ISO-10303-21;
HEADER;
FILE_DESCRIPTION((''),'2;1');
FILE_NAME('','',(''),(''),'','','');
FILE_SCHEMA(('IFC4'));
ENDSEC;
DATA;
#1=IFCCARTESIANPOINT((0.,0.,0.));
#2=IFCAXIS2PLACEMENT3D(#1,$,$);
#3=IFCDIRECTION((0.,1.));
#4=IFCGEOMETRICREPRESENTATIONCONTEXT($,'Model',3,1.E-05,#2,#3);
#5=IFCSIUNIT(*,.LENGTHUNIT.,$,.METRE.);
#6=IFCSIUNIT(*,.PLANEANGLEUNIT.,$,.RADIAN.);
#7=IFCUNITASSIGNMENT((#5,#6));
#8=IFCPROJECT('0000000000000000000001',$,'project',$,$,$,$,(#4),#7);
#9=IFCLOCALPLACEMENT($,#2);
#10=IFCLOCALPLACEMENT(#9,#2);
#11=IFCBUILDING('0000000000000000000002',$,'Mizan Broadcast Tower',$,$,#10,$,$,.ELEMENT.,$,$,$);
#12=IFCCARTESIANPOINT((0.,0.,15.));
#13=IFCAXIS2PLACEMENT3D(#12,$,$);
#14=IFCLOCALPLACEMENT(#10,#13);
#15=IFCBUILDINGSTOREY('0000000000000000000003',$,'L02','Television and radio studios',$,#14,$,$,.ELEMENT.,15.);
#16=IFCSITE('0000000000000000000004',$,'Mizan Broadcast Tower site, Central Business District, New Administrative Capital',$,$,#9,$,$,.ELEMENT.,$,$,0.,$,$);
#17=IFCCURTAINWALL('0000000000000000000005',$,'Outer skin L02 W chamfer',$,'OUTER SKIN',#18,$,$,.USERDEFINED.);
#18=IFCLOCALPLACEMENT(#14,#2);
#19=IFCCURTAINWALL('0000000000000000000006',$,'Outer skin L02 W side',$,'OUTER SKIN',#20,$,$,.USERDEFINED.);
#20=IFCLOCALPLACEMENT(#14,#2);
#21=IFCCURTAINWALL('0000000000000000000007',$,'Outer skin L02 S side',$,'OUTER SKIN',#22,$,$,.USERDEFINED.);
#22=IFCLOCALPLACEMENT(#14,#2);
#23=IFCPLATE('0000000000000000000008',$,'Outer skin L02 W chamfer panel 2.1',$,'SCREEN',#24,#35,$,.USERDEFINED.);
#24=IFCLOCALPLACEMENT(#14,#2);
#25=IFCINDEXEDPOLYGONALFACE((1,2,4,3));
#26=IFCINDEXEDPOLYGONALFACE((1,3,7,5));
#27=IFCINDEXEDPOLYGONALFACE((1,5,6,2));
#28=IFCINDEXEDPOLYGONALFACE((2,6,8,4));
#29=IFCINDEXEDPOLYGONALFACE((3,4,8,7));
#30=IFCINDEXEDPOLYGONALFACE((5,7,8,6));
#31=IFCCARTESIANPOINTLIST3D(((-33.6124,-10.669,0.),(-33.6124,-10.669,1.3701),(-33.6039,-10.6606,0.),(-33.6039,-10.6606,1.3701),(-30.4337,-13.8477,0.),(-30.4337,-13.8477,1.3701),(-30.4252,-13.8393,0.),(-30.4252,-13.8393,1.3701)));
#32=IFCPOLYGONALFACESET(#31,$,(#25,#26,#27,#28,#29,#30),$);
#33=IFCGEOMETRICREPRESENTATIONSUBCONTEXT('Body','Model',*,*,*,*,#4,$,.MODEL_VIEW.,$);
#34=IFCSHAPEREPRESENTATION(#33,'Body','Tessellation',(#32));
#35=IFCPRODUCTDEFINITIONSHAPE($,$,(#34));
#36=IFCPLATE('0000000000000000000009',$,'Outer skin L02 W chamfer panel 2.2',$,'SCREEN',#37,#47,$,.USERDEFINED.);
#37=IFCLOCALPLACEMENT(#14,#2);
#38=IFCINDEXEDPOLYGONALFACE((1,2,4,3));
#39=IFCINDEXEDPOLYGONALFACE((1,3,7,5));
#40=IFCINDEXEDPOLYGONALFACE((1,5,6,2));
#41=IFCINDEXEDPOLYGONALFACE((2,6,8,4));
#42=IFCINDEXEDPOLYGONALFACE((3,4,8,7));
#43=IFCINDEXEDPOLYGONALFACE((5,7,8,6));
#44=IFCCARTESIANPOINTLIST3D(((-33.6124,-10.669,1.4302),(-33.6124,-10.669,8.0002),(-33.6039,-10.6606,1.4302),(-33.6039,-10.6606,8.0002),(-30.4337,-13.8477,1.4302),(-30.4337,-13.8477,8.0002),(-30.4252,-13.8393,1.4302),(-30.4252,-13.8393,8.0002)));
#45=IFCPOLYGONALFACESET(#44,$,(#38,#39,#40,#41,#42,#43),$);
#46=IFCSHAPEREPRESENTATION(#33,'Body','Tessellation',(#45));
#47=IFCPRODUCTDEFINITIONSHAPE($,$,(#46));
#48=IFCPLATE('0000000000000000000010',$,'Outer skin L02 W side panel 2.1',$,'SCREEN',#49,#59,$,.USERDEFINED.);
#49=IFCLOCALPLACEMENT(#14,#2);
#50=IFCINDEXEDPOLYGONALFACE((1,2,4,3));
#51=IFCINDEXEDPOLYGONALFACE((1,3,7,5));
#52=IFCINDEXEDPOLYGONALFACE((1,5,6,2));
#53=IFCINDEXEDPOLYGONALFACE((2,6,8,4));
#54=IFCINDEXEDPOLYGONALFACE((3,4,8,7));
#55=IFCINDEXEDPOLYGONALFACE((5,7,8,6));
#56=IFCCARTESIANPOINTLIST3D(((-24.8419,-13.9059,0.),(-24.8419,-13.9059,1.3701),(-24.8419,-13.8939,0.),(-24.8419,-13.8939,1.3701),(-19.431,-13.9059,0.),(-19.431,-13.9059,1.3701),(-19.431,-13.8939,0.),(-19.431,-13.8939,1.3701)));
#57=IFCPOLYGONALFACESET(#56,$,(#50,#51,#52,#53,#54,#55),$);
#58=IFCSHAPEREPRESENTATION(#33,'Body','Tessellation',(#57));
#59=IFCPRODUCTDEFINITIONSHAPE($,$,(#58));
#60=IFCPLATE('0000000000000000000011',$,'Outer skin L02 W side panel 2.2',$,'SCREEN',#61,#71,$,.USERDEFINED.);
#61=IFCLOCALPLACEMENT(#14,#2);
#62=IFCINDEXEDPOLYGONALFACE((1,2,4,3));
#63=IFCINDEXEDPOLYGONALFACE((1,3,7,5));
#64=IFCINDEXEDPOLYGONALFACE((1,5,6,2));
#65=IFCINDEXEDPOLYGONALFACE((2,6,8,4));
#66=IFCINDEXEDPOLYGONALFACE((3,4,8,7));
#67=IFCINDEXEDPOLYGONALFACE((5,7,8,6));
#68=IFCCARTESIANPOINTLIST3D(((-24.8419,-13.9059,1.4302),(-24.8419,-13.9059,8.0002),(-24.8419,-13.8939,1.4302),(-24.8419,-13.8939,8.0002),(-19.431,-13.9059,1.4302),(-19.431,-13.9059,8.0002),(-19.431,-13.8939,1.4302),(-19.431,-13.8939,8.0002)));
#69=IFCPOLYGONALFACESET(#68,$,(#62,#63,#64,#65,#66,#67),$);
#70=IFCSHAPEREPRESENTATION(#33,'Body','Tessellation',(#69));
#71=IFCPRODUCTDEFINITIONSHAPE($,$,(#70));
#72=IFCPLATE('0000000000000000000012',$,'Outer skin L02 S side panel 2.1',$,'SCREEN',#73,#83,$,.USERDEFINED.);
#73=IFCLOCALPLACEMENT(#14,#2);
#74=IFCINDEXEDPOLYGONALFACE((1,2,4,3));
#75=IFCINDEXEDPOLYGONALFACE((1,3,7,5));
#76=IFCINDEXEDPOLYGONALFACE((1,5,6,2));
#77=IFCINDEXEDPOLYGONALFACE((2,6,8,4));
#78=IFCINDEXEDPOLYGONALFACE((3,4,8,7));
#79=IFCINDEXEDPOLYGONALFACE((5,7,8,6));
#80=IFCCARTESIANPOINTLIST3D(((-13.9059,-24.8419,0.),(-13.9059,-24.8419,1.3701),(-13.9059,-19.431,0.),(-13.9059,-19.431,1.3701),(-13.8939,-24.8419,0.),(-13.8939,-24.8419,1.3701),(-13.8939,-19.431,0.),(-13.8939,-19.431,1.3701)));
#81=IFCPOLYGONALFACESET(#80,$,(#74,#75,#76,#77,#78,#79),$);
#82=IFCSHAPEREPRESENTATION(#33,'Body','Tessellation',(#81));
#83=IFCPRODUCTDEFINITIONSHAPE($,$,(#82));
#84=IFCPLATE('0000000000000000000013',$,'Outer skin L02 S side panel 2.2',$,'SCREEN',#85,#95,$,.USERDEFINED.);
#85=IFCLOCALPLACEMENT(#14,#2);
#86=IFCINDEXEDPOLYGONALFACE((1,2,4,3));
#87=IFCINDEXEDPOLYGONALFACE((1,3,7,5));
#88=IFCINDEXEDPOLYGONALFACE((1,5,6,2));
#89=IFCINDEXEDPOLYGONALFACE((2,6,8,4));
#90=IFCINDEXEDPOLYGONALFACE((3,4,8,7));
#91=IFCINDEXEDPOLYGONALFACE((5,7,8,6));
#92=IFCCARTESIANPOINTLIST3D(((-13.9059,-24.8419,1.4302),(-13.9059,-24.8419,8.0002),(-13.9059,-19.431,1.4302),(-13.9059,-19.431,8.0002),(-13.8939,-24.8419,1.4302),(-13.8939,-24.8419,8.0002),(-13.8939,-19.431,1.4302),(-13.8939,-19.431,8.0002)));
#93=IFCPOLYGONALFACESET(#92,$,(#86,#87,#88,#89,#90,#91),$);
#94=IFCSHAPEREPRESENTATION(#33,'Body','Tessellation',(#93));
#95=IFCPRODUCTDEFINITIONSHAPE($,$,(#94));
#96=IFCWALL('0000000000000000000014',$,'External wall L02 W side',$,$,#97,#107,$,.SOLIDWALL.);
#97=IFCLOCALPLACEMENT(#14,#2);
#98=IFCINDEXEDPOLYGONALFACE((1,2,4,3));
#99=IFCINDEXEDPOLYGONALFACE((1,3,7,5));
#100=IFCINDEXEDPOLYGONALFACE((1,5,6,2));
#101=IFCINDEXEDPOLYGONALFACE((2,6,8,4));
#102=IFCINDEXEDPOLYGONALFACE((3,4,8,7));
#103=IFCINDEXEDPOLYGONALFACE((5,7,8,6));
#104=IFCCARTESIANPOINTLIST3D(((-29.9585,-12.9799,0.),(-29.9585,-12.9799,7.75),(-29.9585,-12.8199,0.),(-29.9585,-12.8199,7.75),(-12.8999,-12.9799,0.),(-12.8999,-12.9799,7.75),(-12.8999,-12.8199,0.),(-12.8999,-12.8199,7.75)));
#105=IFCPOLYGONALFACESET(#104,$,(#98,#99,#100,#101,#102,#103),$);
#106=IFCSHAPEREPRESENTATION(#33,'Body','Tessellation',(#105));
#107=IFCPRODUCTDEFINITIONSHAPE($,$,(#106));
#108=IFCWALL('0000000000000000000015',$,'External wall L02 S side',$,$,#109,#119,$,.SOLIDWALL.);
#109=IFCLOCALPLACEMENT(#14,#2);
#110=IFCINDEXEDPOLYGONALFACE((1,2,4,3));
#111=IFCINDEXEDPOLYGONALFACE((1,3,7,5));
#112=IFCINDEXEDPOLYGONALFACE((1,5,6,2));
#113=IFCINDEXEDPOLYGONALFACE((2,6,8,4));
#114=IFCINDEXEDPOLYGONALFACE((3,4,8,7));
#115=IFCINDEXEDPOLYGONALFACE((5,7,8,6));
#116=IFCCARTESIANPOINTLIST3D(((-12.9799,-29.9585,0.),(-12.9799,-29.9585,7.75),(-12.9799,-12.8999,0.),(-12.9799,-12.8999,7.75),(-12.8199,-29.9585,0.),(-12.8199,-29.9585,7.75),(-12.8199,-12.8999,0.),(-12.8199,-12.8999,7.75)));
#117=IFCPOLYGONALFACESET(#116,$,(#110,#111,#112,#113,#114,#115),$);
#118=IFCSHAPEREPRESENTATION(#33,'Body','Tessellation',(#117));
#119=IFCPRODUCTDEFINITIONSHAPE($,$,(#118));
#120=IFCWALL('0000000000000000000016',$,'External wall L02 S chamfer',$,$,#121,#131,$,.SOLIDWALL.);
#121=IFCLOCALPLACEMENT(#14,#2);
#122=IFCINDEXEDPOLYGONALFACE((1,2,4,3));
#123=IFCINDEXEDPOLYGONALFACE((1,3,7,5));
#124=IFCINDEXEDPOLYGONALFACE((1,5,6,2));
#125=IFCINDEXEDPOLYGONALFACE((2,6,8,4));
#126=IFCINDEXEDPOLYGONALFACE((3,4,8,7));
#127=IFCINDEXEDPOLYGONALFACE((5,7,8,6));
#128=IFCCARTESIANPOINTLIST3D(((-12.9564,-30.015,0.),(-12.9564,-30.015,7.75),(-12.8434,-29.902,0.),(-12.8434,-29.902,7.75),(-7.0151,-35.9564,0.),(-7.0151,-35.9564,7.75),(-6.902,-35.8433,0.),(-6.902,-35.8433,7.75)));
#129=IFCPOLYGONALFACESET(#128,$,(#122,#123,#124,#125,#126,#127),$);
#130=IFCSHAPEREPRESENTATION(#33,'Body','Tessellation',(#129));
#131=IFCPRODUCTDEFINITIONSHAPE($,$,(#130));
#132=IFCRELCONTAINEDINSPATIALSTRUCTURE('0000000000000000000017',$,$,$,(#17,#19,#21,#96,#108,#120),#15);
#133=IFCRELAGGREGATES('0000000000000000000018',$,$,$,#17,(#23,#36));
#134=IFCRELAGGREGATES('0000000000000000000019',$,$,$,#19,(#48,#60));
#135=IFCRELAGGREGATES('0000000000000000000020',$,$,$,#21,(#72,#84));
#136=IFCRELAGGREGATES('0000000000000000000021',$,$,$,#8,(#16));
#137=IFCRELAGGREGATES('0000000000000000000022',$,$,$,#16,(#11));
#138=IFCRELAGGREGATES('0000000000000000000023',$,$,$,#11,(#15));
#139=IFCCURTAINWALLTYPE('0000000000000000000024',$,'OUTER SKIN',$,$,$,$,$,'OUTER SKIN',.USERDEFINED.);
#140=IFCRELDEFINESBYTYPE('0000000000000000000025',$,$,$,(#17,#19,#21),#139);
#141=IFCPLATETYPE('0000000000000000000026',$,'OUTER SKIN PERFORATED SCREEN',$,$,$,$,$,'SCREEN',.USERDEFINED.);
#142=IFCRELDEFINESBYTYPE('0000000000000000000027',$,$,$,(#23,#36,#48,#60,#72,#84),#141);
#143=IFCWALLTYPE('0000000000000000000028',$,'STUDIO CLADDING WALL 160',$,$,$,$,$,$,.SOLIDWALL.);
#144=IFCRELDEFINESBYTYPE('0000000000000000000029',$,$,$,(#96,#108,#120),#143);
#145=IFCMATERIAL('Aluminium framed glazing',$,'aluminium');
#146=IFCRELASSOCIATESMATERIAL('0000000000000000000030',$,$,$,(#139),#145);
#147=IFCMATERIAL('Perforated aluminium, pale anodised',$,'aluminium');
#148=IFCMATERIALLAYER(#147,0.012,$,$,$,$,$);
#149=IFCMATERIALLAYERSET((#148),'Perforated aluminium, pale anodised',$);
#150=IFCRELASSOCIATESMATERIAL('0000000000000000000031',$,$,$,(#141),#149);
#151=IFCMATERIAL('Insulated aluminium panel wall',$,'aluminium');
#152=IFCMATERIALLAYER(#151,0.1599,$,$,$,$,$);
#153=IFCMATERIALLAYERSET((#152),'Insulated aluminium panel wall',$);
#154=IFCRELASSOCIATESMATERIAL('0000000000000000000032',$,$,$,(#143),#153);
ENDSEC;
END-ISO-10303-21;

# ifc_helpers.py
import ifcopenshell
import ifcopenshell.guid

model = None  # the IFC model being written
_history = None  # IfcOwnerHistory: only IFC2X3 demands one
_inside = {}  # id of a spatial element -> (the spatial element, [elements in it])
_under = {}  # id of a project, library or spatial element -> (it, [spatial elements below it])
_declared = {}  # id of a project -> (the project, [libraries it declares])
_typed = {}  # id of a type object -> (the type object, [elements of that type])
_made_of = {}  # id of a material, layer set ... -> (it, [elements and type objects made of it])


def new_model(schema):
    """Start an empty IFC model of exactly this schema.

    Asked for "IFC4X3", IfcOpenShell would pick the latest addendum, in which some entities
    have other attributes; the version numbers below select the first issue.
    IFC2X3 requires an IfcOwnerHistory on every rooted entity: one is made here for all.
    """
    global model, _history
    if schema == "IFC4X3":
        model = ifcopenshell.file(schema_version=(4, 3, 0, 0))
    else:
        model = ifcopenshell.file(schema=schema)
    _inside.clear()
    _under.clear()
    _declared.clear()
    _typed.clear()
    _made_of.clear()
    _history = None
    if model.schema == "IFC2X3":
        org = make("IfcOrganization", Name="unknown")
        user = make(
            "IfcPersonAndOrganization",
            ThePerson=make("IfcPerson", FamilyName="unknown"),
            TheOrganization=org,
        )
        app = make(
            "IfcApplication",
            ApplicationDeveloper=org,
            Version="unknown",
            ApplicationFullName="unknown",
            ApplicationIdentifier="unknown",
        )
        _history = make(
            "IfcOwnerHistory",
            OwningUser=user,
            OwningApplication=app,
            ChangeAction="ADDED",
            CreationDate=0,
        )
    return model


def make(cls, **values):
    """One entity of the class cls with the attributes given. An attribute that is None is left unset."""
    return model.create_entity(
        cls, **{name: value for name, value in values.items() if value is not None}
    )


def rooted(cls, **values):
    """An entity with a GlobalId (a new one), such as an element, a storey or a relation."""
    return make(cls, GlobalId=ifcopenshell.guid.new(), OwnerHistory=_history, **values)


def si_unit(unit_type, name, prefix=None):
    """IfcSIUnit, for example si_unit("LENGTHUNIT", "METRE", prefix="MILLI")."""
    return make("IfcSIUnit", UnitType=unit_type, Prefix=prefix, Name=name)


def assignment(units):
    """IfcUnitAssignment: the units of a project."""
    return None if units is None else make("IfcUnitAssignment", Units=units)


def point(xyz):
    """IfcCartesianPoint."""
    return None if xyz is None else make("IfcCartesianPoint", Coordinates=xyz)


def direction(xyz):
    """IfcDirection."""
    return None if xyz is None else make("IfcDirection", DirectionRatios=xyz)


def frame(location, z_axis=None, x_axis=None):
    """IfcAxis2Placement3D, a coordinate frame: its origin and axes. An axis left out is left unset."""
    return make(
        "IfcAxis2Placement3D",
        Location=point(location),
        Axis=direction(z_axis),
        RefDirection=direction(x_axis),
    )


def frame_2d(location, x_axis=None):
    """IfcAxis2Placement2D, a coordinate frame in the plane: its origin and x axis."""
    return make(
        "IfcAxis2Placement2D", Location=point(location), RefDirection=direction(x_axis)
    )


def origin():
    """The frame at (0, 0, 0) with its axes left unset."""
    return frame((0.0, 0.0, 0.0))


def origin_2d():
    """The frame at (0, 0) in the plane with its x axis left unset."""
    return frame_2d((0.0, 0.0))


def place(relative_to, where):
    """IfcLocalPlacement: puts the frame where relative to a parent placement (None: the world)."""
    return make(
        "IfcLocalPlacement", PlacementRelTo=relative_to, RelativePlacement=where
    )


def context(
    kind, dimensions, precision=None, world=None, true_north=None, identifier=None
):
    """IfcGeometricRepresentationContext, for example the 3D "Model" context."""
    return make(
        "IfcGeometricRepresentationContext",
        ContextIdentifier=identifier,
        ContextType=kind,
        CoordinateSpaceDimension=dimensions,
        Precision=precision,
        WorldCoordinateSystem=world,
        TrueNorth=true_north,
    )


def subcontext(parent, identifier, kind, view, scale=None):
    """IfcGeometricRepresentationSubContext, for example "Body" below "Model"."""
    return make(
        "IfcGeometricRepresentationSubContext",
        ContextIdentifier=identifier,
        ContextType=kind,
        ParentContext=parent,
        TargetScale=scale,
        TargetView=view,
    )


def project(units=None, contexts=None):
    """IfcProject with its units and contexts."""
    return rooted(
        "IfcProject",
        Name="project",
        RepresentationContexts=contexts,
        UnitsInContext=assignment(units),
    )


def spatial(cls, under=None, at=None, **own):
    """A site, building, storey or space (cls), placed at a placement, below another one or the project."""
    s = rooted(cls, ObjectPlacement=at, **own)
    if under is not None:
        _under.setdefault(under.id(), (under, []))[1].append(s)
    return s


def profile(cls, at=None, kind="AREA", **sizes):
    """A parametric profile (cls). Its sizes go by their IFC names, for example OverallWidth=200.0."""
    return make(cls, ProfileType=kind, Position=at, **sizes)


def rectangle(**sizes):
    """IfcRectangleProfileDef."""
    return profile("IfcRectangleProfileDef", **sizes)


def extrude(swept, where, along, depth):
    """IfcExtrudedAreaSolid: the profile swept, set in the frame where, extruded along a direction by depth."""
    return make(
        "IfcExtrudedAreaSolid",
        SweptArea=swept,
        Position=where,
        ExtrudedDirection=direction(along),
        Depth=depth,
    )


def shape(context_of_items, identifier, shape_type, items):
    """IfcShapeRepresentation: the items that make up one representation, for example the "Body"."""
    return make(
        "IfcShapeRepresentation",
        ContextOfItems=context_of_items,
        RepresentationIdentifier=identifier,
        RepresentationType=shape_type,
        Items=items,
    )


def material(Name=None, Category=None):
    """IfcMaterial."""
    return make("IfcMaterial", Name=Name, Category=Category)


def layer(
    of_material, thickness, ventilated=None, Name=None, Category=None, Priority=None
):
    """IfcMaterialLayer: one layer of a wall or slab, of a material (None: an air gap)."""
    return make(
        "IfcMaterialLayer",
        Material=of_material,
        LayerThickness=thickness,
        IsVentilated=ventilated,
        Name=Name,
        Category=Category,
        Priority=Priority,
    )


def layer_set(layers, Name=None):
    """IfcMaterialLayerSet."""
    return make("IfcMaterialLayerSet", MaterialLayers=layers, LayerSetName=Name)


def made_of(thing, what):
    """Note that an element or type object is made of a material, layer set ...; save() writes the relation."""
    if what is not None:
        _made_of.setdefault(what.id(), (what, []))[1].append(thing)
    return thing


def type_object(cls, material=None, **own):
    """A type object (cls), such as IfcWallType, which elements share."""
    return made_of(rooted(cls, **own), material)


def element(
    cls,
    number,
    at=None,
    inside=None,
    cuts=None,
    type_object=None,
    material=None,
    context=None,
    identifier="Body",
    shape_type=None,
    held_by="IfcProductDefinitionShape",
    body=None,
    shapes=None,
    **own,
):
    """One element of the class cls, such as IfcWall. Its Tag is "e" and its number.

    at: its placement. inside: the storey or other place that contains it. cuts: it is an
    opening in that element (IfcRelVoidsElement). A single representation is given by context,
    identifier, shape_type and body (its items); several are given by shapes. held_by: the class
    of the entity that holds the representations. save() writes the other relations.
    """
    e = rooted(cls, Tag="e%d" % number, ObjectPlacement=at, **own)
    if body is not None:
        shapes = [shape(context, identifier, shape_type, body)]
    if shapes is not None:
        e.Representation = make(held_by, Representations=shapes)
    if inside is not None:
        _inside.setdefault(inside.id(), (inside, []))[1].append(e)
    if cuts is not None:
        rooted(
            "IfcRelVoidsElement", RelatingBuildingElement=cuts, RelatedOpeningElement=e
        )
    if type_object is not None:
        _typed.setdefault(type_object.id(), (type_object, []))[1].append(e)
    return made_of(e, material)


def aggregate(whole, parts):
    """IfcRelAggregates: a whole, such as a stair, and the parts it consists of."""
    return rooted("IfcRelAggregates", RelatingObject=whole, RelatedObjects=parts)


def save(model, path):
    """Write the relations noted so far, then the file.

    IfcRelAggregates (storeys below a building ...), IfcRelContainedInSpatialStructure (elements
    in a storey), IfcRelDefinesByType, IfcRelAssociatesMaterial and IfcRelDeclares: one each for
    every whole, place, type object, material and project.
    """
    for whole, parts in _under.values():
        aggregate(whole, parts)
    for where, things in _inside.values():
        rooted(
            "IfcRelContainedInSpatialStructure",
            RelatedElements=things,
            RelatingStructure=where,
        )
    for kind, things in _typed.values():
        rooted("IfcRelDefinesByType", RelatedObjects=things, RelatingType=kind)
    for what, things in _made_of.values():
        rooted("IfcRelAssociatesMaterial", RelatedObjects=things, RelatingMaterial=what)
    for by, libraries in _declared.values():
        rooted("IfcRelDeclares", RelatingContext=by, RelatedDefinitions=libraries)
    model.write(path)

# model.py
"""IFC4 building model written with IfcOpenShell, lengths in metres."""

from ifc_helpers import new_model, si_unit, direction, frame, frame_2d, origin, origin_2d, place, context, subcontext, project, spatial, rectangle, extrude, material, layer, layer_set, type_object, element, aggregate, save


model = new_model("IFC4")

# Units and contexts
model_context = context("Model", 3, precision=1e-05, world=origin(), true_north=direction((0.0, 1.0)))
body_context = subcontext(model_context, "Body", "Model", "MODEL_VIEW")
ifc_project = project(units=[si_unit("LENGTHUNIT", "METRE"), si_unit("PLANEANGLEUNIT", "RADIAN")], contexts=[model_context])

# Site, building, storey
site_placement = place(None, origin())
site = spatial("IfcSite", under=ifc_project, at=site_placement, Name="Mizan Broadcast Tower site, Central Business District, New Administrative Capital", CompositionType="ELEMENT", RefElevation=0.0)
building_placement = place(site_placement, origin())
building = spatial("IfcBuilding", under=site, at=building_placement, Name="Mizan Broadcast Tower", CompositionType="ELEMENT")
storey_placement = place(building_placement, frame((0.0, 0.0, 15.0)))
storey = spatial("IfcBuildingStorey", under=building, at=storey_placement, Name="L02", Description="Television and radio studios", CompositionType="ELEMENT", Elevation=15.0)

# Curtain walls
ifc_material_1 = material(Name="Aluminium framed glazing", Category="aluminium")
curtain_wall_type = type_object("IfcCurtainWallType", Name="OUTER SKIN", ElementType="OUTER SKIN", PredefinedType="USERDEFINED", material=ifc_material_1)
curtain_wall_1_placement = place(storey_placement, origin())
curtain_wall_1 = element("IfcCurtainWall", 1, at=curtain_wall_1_placement, inside=storey, type_object=curtain_wall_type, Name="Outer skin L02 W chamfer", ObjectType="OUTER SKIN", PredefinedType="USERDEFINED")
curtain_wall_2_placement = place(storey_placement, origin())
curtain_wall_2 = element("IfcCurtainWall", 2, at=curtain_wall_2_placement, inside=storey, type_object=curtain_wall_type, Name="Outer skin L02 W side", ObjectType="OUTER SKIN", PredefinedType="USERDEFINED")
curtain_wall_3_placement = place(storey_placement, origin())
curtain_wall_3 = element("IfcCurtainWall", 3, at=curtain_wall_3_placement, inside=storey, type_object=curtain_wall_type, Name="Outer skin L02 S side", ObjectType="OUTER SKIN", PredefinedType="USERDEFINED")

# Plates
ifc_material_2 = material(Name="Perforated aluminium, pale anodised", Category="aluminium")
ifc_layer_1 = layer(ifc_material_2, 0.012)
ifc_layer_set_1 = layer_set([ifc_layer_1], Name="Perforated aluminium, pale anodised")
plate_type_1 = type_object("IfcPlateType", Name="OUTER SKIN PERFORATED SCREEN", ElementType="SCREEN", PredefinedType="USERDEFINED", material=ifc_layer_set_1)
plate_1_placement = place(storey_placement, frame((-32.0188, -12.2542, 0.0), z_axis=(0.0, 0.0, 1.0), x_axis=(0.707107, -0.707107, 0.0)))
plate_1 = element("IfcPlate", 4, at=plate_1_placement, type_object=plate_type_1, Name="Outer skin L02 W chamfer panel 2.1", ObjectType="SCREEN", PredefinedType="USERDEFINED", context=body_context, shape_type="SweptSolid", body=[
    extrude(rectangle(XDim=4.4954, YDim=0.012, at=origin_2d()), origin(), (0.0, 0.0, 1.0), 1.3701),
])
plate_2_placement = place(storey_placement, frame((-32.0188, -12.2542, 1.4302), z_axis=(0.0, 0.0, 1.0), x_axis=(0.707107, -0.707107, 0.0)))
plate_2 = element("IfcPlate", 5, at=plate_2_placement, type_object=plate_type_1, Name="Outer skin L02 W chamfer panel 2.2", ObjectType="SCREEN", PredefinedType="USERDEFINED", context=body_context, shape_type="SweptSolid", body=[
    extrude(rectangle(XDim=4.4954, YDim=0.012, at=origin_2d()), origin(), (0.0, 0.0, 1.0), 6.5701),
])
aggregate(curtain_wall_1, [plate_1, plate_2])
plate_3_placement = place(storey_placement, frame((-22.1365, -13.8999, 0.0), z_axis=(0.0, 0.0, 1.0), x_axis=(1.0, 0.0, 0.0)))
plate_3 = element("IfcPlate", 6, at=plate_3_placement, type_object=plate_type_1, Name="Outer skin L02 W side panel 2.1", ObjectType="SCREEN", PredefinedType="USERDEFINED", context=body_context, shape_type="SweptSolid", body=[
    extrude(rectangle(XDim=5.4109, YDim=0.012, at=origin_2d()), origin(), (0.0, 0.0, 1.0), 1.3701),
])
plate_4_placement = place(storey_placement, frame((-22.1365, -13.8999, 1.4302), z_axis=(0.0, 0.0, 1.0), x_axis=(1.0, 0.0, 0.0)))
plate_4 = element("IfcPlate", 7, at=plate_4_placement, type_object=plate_type_1, Name="Outer skin L02 W side panel 2.2", ObjectType="SCREEN", PredefinedType="USERDEFINED", context=body_context, shape_type="SweptSolid", body=[
    extrude(rectangle(XDim=5.4109, YDim=0.012, at=origin_2d()), origin(), (0.0, 0.0, 1.0), 6.5701),
])
aggregate(curtain_wall_2, [plate_3, plate_4])
plate_5_placement = place(storey_placement, frame((-13.8999, -22.1365, 0.0), z_axis=(0.0, 0.0, 1.0), x_axis=(0.0, -1.0, 0.0)))
plate_5 = element("IfcPlate", 8, at=plate_5_placement, type_object=plate_type_1, Name="Outer skin L02 S side panel 2.1", ObjectType="SCREEN", PredefinedType="USERDEFINED", context=body_context, shape_type="SweptSolid", body=[
    extrude(rectangle(XDim=5.4109, YDim=0.012, at=origin_2d()), origin(), (0.0, 0.0, 1.0), 1.3701),
])
plate_6_placement = place(storey_placement, frame((-13.8999, -22.1365, 1.4302), z_axis=(0.0, 0.0, 1.0), x_axis=(0.0, -1.0, 0.0)))
plate_6 = element("IfcPlate", 9, at=plate_6_placement, type_object=plate_type_1, Name="Outer skin L02 S side panel 2.2", ObjectType="SCREEN", PredefinedType="USERDEFINED", context=body_context, shape_type="SweptSolid", body=[
    extrude(rectangle(XDim=5.4109, YDim=0.012, at=origin_2d()), origin(), (0.0, 0.0, 1.0), 6.5701),
])
aggregate(curtain_wall_3, [plate_5, plate_6])

# Walls
ifc_material_3 = material(Name="Insulated aluminium panel wall", Category="aluminium")
ifc_layer_2 = layer(ifc_material_3, 0.1599)
ifc_layer_set_2 = layer_set([ifc_layer_2], Name="Insulated aluminium panel wall")
wall_type = type_object("IfcWallType", Name="STUDIO CLADDING WALL 160", PredefinedType="SOLIDWALL", material=ifc_layer_set_2)
for number, where, z_axis, x_axis, name in (
    (10, (-29.9585, -12.8999, 0.0), (0.0, 0.0, 1.0), (1.0, 0.0, 0.0), "External wall L02 W side"),
    (11, (-12.8999, -12.8999, 0.0), (0.0, 0.0, 1.0), (0.0, -1.0, 0.0), "External wall L02 S side"),
):
    element("IfcWall", number, at=place(storey_placement, frame(where, z_axis=z_axis, x_axis=x_axis)), inside=storey, type_object=wall_type, Name=name, PredefinedType="SOLIDWALL", context=body_context, shape_type="SweptSolid", body=[
        extrude(rectangle(XDim=17.0586, YDim=0.1599, at=frame_2d((8.5293, 0.0))), origin(), (0.0, 0.0, 1.0), 7.75),
    ])
wall_placement = place(storey_placement, frame((-12.8999, -29.9585, 0.0), z_axis=(0.0, 0.0, 1.0), x_axis=(0.707107, -0.707107, 0.0)))
element("IfcWall", 12, at=wall_placement, inside=storey, type_object=wall_type, Name="External wall L02 S chamfer", PredefinedType="SOLIDWALL", context=body_context, shape_type="SweptSolid", body=[
    extrude(rectangle(XDim=8.4023, YDim=0.1599, at=frame_2d((4.2012, 0.0))), origin(), (0.0, 0.0, 1.0), 7.75),
])

save(model, "model.ifc")
